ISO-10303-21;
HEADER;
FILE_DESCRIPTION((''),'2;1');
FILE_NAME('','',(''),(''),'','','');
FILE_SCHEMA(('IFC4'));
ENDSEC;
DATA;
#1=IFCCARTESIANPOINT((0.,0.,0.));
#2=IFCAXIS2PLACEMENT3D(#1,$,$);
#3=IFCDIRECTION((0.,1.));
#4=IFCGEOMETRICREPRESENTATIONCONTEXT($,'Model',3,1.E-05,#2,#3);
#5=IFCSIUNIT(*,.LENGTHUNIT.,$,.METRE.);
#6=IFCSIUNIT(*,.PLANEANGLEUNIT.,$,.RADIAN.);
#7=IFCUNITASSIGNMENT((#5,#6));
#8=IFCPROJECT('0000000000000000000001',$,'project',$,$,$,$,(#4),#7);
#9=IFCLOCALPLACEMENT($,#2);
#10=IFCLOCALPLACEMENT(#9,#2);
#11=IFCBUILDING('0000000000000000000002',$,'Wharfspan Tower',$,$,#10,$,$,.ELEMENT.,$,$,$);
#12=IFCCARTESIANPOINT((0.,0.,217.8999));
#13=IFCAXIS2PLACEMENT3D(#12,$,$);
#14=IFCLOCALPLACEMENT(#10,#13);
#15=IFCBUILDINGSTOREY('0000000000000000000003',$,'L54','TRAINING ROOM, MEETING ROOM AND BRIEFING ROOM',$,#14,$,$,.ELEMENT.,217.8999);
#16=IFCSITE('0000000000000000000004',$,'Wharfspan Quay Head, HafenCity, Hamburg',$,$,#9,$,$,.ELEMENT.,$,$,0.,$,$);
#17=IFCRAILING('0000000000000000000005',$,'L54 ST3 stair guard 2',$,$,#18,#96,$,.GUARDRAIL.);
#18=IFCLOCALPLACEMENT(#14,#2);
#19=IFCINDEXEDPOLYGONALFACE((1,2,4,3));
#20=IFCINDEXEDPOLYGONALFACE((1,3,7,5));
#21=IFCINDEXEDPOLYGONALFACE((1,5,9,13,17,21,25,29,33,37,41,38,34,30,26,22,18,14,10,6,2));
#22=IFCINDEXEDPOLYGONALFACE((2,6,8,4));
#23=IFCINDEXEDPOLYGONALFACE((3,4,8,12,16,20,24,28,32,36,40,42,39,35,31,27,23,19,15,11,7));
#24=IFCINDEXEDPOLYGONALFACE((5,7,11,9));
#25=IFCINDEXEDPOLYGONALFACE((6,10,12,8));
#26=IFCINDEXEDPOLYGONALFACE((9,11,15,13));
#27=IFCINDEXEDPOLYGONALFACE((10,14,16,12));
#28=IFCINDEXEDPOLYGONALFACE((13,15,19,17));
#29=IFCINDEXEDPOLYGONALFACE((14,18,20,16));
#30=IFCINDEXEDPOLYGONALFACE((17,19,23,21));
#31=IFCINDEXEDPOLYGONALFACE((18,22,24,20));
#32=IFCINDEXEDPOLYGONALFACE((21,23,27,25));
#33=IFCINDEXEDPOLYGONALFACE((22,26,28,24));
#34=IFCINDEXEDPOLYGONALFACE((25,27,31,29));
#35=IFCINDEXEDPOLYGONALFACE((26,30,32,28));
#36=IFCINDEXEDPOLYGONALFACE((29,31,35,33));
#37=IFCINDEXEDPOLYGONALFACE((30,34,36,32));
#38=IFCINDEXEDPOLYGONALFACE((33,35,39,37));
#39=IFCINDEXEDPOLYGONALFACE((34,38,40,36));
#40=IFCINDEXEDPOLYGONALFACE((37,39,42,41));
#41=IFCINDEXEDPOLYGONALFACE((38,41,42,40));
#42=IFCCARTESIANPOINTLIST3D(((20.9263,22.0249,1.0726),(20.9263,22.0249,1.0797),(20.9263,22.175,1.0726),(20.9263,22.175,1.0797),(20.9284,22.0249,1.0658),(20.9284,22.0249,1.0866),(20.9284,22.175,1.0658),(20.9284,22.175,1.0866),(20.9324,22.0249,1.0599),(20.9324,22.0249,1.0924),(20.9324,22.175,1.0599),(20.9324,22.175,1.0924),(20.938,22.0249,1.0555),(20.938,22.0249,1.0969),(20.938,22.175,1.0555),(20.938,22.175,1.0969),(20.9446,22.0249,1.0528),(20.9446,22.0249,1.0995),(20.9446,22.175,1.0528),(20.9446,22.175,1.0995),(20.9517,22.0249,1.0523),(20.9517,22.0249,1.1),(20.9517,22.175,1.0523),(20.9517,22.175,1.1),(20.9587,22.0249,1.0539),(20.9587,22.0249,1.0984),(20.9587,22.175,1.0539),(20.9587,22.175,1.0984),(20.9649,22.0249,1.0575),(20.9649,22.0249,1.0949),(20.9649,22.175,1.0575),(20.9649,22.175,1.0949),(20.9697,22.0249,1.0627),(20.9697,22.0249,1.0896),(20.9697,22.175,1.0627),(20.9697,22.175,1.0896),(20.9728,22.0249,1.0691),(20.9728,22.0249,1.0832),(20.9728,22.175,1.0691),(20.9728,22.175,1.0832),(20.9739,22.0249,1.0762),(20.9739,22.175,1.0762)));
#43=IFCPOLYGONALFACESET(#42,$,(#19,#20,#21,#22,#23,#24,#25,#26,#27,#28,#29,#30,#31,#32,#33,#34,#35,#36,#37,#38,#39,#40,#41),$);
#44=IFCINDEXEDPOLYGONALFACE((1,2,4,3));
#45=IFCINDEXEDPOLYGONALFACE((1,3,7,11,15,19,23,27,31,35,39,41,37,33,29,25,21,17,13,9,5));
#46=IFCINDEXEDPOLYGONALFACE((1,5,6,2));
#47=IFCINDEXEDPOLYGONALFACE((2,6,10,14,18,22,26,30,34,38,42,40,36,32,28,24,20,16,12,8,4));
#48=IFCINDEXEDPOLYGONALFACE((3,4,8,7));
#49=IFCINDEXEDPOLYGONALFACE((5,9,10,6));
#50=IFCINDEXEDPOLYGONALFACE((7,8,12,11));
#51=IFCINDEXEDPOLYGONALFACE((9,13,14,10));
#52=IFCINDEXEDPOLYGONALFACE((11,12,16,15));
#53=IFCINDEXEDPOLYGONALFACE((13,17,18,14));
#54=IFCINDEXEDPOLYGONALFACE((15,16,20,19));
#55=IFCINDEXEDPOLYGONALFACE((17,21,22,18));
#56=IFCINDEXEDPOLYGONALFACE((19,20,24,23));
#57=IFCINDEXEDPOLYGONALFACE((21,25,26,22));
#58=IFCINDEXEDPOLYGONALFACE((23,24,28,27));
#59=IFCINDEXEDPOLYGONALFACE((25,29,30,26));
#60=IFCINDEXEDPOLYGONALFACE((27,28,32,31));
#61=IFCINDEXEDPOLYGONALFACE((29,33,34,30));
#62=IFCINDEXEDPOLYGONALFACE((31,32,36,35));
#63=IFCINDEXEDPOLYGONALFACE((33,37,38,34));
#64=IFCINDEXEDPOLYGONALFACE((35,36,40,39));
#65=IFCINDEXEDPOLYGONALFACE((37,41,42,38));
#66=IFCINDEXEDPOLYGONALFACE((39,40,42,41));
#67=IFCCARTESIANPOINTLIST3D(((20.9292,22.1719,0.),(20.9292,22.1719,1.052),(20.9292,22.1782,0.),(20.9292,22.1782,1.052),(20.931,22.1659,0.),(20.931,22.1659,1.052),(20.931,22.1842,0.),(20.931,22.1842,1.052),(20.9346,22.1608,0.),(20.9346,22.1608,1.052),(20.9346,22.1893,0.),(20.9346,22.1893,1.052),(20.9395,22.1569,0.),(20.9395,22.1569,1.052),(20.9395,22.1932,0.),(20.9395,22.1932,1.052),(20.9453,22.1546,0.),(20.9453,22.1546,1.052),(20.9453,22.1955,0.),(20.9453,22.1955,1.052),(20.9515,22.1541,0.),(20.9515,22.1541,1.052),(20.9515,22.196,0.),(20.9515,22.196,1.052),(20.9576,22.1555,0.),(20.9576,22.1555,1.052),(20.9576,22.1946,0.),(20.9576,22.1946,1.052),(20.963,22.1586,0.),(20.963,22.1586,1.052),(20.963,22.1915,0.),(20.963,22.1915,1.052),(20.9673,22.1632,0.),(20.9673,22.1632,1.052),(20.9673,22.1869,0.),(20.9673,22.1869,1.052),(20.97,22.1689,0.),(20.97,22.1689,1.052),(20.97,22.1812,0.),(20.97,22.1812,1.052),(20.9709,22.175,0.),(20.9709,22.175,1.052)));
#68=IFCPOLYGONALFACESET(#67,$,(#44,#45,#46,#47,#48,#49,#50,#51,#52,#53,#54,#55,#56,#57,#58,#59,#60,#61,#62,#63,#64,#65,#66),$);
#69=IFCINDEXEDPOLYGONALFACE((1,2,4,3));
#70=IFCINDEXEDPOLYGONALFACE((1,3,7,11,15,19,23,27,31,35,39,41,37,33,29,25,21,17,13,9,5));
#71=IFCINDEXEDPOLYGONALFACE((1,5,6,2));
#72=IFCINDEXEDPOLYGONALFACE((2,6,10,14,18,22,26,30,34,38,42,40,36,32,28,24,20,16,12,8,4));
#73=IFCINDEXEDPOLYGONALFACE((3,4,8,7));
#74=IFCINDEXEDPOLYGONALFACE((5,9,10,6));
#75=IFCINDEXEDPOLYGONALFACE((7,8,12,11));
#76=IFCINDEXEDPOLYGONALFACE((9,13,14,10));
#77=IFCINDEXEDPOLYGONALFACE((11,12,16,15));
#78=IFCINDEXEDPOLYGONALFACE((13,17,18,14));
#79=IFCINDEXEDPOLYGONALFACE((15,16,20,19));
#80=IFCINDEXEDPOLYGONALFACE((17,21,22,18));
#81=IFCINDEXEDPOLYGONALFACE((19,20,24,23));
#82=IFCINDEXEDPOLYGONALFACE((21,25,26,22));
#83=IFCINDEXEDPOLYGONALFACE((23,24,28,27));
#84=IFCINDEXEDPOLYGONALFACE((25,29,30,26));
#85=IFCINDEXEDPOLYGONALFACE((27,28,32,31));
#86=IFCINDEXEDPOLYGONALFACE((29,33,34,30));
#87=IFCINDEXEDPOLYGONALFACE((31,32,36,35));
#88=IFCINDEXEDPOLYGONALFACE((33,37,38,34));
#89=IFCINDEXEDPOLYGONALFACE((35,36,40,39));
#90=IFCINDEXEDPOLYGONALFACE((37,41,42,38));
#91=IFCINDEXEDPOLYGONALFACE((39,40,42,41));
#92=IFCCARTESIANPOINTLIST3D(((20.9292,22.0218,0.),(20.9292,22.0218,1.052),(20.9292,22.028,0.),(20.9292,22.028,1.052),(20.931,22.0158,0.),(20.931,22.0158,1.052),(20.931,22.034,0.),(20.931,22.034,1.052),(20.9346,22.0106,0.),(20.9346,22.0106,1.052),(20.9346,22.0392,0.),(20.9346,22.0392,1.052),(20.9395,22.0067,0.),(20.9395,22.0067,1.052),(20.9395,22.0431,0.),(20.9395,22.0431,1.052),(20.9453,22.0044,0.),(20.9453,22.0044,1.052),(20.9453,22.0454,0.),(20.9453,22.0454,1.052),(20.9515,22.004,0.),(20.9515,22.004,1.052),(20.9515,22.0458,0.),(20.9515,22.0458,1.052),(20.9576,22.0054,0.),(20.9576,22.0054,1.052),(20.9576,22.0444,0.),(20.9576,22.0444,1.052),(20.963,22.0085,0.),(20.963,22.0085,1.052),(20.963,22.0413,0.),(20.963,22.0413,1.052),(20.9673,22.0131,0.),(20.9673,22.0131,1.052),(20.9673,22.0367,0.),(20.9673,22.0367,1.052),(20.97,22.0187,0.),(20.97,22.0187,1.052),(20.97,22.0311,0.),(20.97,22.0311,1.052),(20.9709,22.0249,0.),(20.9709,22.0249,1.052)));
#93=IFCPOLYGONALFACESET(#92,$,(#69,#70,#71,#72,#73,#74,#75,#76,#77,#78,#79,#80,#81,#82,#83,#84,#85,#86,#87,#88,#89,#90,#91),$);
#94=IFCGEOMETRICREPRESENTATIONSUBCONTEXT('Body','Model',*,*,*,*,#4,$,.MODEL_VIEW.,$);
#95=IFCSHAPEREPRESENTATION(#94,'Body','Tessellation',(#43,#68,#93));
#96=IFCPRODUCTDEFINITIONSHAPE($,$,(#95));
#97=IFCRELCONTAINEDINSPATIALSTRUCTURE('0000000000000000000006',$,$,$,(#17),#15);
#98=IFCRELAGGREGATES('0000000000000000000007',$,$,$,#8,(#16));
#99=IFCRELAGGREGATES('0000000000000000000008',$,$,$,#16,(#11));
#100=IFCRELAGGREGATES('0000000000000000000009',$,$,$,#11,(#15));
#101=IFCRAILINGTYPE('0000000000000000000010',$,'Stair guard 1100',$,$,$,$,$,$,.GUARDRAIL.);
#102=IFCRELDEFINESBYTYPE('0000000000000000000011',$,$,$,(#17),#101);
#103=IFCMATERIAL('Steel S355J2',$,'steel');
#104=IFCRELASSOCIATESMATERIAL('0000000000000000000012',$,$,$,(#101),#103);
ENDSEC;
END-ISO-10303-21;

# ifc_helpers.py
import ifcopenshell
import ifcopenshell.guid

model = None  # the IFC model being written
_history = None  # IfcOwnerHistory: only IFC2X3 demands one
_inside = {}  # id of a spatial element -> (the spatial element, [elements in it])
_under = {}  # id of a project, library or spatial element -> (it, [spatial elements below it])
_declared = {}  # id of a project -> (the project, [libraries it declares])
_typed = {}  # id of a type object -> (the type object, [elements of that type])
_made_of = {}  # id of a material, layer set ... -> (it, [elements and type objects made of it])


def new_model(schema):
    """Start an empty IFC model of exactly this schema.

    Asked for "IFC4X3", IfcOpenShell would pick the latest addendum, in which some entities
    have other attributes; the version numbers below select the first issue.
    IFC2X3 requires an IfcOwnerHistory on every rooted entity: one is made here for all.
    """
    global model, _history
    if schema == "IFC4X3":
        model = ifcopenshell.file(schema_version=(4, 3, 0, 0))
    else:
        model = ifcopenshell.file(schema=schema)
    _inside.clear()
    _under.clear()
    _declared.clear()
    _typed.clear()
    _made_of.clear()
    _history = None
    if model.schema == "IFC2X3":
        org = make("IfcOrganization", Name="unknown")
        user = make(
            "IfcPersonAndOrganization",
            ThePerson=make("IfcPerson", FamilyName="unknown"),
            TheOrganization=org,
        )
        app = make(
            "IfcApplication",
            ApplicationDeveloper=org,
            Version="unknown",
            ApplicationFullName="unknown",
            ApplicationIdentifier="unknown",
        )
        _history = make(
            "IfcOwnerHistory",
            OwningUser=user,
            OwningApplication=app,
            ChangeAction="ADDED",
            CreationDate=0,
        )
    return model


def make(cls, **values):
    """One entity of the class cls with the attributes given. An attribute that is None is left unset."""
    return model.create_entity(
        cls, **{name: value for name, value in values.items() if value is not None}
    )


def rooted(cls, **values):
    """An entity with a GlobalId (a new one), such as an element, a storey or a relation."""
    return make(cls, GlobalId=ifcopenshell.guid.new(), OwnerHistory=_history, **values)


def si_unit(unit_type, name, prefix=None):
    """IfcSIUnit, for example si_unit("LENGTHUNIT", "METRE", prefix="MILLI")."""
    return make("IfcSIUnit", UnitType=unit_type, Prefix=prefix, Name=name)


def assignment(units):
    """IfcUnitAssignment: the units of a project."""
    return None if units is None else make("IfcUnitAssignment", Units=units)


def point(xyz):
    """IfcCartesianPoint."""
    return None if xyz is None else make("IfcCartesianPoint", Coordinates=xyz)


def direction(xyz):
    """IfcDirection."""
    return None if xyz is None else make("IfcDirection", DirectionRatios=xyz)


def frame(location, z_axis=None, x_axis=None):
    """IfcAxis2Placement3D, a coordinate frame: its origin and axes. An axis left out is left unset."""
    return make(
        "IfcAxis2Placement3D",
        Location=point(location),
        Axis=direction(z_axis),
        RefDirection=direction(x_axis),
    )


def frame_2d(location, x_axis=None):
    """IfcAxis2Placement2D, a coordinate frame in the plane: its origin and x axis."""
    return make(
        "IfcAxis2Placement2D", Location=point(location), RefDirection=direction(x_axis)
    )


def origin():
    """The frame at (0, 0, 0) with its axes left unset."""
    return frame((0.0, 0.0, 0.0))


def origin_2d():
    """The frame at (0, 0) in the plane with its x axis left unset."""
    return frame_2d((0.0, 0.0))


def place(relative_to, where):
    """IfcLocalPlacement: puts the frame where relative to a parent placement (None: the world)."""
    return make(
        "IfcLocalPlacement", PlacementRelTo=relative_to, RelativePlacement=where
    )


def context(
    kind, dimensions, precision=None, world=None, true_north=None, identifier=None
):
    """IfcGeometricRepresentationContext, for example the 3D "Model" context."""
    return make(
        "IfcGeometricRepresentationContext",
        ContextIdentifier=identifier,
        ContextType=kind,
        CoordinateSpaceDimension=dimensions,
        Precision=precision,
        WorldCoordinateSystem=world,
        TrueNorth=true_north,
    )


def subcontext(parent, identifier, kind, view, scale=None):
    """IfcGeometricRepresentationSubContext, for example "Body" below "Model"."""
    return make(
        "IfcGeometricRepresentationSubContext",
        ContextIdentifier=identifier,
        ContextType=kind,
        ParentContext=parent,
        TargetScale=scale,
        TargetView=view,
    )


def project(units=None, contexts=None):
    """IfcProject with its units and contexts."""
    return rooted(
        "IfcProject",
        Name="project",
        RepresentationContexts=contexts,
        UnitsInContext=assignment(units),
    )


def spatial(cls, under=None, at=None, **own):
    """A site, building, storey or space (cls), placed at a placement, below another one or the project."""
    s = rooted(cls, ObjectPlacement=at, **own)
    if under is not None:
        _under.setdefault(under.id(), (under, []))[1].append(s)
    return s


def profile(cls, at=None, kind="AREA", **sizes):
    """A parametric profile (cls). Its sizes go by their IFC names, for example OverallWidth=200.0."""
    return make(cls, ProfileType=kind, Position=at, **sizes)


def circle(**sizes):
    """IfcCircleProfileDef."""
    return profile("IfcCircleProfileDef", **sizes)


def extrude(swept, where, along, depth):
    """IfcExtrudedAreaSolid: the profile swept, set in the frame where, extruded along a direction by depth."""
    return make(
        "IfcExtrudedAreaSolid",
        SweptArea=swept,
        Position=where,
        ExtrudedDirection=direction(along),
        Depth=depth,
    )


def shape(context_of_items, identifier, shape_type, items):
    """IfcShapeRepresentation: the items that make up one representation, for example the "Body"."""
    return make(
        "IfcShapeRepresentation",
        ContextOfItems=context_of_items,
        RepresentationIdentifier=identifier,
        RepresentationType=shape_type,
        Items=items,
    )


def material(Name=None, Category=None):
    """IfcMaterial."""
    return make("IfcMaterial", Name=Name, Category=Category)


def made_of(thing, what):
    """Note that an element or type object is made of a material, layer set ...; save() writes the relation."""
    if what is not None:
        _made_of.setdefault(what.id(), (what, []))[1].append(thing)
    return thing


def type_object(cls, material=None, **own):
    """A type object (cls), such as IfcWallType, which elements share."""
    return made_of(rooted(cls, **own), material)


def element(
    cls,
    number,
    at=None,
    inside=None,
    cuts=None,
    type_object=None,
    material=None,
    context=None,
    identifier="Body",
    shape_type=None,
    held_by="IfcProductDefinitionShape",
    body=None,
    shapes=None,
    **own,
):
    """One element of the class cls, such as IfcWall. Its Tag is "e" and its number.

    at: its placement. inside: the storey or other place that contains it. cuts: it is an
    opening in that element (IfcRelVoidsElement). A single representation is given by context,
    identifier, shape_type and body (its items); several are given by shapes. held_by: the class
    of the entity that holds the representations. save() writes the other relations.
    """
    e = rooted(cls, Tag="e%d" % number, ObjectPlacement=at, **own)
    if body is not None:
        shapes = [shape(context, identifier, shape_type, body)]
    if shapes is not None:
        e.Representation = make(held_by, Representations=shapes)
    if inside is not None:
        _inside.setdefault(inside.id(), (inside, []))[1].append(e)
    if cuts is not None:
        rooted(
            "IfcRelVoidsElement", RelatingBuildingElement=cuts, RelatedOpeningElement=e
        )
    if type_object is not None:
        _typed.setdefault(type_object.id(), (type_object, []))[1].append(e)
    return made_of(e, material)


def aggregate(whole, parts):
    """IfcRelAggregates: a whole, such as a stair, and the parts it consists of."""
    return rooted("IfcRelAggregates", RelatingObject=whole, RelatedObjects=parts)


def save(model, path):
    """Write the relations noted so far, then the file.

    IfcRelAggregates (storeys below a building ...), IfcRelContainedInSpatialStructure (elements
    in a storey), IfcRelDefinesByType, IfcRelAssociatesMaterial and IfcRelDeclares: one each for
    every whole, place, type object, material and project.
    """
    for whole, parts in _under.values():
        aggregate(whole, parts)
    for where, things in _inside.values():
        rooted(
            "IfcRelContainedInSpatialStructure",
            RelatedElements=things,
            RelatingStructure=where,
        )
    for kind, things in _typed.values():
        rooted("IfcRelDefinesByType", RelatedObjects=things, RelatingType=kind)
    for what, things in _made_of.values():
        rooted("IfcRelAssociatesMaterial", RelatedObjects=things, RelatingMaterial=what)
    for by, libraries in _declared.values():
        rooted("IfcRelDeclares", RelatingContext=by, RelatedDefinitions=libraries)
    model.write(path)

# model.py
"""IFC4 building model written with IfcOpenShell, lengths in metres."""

from ifc_helpers import new_model, si_unit, direction, frame, origin, origin_2d, place, context, subcontext, project, spatial, circle, extrude, material, type_object, element, save


model = new_model("IFC4")

# Units and contexts
model_context = context("Model", 3, precision=1e-05, world=origin(), true_north=direction((0.0, 1.0)))
body_context = subcontext(model_context, "Body", "Model", "MODEL_VIEW")
ifc_project = project(units=[si_unit("LENGTHUNIT", "METRE"), si_unit("PLANEANGLEUNIT", "RADIAN")], contexts=[model_context])

# Site, building, storey
site_placement = place(None, origin())
site = spatial("IfcSite", under=ifc_project, at=site_placement, Name="Wharfspan Quay Head, HafenCity, Hamburg", CompositionType="ELEMENT", RefElevation=0.0)
building_placement = place(site_placement, origin())
building = spatial("IfcBuilding", under=site, at=building_placement, Name="Wharfspan Tower", CompositionType="ELEMENT")
storey_placement = place(building_placement, frame((0.0, 0.0, 217.8999)))
storey = spatial("IfcBuildingStorey", under=building, at=storey_placement, Name="L54", Description="TRAINING ROOM, MEETING ROOM AND BRIEFING ROOM", CompositionType="ELEMENT", Elevation=217.8999)

# Shared definitions
ifc_material_1 = material(Name="Steel S355J2", Category="steel")

# Railing
railing_type_1 = type_object("IfcRailingType", Name="Stair guard 1100", PredefinedType="GUARDRAIL", material=ifc_material_1)
railing_1_placement = place(storey_placement, frame((20.95, 22.175, 0.0)))
element("IfcRailing", 1, at=railing_1_placement, inside=storey, type_object=railing_type_1, Name="L54 ST3 stair guard 2", PredefinedType="GUARDRAIL", context=body_context, shape_type="SweptSolid", body=[
    extrude(circle(Radius=0.0239, at=origin_2d()), frame((0.0, 0.0, 1.0762), z_axis=(0.0, -1.0, 0.0), x_axis=(1.0, 0.0, 0.0)), (0.0, 0.0, 1.0), 0.1501),
    extrude(circle(Radius=0.021, at=origin_2d()), origin(), (0.0, 0.0, 1.0), 1.052),
    extrude(circle(Radius=0.021, at=origin_2d()), frame((0.0, -0.1501, 0.0)), (0.0, 0.0, 1.0), 1.052),
])

save(model, "model.ifc")
